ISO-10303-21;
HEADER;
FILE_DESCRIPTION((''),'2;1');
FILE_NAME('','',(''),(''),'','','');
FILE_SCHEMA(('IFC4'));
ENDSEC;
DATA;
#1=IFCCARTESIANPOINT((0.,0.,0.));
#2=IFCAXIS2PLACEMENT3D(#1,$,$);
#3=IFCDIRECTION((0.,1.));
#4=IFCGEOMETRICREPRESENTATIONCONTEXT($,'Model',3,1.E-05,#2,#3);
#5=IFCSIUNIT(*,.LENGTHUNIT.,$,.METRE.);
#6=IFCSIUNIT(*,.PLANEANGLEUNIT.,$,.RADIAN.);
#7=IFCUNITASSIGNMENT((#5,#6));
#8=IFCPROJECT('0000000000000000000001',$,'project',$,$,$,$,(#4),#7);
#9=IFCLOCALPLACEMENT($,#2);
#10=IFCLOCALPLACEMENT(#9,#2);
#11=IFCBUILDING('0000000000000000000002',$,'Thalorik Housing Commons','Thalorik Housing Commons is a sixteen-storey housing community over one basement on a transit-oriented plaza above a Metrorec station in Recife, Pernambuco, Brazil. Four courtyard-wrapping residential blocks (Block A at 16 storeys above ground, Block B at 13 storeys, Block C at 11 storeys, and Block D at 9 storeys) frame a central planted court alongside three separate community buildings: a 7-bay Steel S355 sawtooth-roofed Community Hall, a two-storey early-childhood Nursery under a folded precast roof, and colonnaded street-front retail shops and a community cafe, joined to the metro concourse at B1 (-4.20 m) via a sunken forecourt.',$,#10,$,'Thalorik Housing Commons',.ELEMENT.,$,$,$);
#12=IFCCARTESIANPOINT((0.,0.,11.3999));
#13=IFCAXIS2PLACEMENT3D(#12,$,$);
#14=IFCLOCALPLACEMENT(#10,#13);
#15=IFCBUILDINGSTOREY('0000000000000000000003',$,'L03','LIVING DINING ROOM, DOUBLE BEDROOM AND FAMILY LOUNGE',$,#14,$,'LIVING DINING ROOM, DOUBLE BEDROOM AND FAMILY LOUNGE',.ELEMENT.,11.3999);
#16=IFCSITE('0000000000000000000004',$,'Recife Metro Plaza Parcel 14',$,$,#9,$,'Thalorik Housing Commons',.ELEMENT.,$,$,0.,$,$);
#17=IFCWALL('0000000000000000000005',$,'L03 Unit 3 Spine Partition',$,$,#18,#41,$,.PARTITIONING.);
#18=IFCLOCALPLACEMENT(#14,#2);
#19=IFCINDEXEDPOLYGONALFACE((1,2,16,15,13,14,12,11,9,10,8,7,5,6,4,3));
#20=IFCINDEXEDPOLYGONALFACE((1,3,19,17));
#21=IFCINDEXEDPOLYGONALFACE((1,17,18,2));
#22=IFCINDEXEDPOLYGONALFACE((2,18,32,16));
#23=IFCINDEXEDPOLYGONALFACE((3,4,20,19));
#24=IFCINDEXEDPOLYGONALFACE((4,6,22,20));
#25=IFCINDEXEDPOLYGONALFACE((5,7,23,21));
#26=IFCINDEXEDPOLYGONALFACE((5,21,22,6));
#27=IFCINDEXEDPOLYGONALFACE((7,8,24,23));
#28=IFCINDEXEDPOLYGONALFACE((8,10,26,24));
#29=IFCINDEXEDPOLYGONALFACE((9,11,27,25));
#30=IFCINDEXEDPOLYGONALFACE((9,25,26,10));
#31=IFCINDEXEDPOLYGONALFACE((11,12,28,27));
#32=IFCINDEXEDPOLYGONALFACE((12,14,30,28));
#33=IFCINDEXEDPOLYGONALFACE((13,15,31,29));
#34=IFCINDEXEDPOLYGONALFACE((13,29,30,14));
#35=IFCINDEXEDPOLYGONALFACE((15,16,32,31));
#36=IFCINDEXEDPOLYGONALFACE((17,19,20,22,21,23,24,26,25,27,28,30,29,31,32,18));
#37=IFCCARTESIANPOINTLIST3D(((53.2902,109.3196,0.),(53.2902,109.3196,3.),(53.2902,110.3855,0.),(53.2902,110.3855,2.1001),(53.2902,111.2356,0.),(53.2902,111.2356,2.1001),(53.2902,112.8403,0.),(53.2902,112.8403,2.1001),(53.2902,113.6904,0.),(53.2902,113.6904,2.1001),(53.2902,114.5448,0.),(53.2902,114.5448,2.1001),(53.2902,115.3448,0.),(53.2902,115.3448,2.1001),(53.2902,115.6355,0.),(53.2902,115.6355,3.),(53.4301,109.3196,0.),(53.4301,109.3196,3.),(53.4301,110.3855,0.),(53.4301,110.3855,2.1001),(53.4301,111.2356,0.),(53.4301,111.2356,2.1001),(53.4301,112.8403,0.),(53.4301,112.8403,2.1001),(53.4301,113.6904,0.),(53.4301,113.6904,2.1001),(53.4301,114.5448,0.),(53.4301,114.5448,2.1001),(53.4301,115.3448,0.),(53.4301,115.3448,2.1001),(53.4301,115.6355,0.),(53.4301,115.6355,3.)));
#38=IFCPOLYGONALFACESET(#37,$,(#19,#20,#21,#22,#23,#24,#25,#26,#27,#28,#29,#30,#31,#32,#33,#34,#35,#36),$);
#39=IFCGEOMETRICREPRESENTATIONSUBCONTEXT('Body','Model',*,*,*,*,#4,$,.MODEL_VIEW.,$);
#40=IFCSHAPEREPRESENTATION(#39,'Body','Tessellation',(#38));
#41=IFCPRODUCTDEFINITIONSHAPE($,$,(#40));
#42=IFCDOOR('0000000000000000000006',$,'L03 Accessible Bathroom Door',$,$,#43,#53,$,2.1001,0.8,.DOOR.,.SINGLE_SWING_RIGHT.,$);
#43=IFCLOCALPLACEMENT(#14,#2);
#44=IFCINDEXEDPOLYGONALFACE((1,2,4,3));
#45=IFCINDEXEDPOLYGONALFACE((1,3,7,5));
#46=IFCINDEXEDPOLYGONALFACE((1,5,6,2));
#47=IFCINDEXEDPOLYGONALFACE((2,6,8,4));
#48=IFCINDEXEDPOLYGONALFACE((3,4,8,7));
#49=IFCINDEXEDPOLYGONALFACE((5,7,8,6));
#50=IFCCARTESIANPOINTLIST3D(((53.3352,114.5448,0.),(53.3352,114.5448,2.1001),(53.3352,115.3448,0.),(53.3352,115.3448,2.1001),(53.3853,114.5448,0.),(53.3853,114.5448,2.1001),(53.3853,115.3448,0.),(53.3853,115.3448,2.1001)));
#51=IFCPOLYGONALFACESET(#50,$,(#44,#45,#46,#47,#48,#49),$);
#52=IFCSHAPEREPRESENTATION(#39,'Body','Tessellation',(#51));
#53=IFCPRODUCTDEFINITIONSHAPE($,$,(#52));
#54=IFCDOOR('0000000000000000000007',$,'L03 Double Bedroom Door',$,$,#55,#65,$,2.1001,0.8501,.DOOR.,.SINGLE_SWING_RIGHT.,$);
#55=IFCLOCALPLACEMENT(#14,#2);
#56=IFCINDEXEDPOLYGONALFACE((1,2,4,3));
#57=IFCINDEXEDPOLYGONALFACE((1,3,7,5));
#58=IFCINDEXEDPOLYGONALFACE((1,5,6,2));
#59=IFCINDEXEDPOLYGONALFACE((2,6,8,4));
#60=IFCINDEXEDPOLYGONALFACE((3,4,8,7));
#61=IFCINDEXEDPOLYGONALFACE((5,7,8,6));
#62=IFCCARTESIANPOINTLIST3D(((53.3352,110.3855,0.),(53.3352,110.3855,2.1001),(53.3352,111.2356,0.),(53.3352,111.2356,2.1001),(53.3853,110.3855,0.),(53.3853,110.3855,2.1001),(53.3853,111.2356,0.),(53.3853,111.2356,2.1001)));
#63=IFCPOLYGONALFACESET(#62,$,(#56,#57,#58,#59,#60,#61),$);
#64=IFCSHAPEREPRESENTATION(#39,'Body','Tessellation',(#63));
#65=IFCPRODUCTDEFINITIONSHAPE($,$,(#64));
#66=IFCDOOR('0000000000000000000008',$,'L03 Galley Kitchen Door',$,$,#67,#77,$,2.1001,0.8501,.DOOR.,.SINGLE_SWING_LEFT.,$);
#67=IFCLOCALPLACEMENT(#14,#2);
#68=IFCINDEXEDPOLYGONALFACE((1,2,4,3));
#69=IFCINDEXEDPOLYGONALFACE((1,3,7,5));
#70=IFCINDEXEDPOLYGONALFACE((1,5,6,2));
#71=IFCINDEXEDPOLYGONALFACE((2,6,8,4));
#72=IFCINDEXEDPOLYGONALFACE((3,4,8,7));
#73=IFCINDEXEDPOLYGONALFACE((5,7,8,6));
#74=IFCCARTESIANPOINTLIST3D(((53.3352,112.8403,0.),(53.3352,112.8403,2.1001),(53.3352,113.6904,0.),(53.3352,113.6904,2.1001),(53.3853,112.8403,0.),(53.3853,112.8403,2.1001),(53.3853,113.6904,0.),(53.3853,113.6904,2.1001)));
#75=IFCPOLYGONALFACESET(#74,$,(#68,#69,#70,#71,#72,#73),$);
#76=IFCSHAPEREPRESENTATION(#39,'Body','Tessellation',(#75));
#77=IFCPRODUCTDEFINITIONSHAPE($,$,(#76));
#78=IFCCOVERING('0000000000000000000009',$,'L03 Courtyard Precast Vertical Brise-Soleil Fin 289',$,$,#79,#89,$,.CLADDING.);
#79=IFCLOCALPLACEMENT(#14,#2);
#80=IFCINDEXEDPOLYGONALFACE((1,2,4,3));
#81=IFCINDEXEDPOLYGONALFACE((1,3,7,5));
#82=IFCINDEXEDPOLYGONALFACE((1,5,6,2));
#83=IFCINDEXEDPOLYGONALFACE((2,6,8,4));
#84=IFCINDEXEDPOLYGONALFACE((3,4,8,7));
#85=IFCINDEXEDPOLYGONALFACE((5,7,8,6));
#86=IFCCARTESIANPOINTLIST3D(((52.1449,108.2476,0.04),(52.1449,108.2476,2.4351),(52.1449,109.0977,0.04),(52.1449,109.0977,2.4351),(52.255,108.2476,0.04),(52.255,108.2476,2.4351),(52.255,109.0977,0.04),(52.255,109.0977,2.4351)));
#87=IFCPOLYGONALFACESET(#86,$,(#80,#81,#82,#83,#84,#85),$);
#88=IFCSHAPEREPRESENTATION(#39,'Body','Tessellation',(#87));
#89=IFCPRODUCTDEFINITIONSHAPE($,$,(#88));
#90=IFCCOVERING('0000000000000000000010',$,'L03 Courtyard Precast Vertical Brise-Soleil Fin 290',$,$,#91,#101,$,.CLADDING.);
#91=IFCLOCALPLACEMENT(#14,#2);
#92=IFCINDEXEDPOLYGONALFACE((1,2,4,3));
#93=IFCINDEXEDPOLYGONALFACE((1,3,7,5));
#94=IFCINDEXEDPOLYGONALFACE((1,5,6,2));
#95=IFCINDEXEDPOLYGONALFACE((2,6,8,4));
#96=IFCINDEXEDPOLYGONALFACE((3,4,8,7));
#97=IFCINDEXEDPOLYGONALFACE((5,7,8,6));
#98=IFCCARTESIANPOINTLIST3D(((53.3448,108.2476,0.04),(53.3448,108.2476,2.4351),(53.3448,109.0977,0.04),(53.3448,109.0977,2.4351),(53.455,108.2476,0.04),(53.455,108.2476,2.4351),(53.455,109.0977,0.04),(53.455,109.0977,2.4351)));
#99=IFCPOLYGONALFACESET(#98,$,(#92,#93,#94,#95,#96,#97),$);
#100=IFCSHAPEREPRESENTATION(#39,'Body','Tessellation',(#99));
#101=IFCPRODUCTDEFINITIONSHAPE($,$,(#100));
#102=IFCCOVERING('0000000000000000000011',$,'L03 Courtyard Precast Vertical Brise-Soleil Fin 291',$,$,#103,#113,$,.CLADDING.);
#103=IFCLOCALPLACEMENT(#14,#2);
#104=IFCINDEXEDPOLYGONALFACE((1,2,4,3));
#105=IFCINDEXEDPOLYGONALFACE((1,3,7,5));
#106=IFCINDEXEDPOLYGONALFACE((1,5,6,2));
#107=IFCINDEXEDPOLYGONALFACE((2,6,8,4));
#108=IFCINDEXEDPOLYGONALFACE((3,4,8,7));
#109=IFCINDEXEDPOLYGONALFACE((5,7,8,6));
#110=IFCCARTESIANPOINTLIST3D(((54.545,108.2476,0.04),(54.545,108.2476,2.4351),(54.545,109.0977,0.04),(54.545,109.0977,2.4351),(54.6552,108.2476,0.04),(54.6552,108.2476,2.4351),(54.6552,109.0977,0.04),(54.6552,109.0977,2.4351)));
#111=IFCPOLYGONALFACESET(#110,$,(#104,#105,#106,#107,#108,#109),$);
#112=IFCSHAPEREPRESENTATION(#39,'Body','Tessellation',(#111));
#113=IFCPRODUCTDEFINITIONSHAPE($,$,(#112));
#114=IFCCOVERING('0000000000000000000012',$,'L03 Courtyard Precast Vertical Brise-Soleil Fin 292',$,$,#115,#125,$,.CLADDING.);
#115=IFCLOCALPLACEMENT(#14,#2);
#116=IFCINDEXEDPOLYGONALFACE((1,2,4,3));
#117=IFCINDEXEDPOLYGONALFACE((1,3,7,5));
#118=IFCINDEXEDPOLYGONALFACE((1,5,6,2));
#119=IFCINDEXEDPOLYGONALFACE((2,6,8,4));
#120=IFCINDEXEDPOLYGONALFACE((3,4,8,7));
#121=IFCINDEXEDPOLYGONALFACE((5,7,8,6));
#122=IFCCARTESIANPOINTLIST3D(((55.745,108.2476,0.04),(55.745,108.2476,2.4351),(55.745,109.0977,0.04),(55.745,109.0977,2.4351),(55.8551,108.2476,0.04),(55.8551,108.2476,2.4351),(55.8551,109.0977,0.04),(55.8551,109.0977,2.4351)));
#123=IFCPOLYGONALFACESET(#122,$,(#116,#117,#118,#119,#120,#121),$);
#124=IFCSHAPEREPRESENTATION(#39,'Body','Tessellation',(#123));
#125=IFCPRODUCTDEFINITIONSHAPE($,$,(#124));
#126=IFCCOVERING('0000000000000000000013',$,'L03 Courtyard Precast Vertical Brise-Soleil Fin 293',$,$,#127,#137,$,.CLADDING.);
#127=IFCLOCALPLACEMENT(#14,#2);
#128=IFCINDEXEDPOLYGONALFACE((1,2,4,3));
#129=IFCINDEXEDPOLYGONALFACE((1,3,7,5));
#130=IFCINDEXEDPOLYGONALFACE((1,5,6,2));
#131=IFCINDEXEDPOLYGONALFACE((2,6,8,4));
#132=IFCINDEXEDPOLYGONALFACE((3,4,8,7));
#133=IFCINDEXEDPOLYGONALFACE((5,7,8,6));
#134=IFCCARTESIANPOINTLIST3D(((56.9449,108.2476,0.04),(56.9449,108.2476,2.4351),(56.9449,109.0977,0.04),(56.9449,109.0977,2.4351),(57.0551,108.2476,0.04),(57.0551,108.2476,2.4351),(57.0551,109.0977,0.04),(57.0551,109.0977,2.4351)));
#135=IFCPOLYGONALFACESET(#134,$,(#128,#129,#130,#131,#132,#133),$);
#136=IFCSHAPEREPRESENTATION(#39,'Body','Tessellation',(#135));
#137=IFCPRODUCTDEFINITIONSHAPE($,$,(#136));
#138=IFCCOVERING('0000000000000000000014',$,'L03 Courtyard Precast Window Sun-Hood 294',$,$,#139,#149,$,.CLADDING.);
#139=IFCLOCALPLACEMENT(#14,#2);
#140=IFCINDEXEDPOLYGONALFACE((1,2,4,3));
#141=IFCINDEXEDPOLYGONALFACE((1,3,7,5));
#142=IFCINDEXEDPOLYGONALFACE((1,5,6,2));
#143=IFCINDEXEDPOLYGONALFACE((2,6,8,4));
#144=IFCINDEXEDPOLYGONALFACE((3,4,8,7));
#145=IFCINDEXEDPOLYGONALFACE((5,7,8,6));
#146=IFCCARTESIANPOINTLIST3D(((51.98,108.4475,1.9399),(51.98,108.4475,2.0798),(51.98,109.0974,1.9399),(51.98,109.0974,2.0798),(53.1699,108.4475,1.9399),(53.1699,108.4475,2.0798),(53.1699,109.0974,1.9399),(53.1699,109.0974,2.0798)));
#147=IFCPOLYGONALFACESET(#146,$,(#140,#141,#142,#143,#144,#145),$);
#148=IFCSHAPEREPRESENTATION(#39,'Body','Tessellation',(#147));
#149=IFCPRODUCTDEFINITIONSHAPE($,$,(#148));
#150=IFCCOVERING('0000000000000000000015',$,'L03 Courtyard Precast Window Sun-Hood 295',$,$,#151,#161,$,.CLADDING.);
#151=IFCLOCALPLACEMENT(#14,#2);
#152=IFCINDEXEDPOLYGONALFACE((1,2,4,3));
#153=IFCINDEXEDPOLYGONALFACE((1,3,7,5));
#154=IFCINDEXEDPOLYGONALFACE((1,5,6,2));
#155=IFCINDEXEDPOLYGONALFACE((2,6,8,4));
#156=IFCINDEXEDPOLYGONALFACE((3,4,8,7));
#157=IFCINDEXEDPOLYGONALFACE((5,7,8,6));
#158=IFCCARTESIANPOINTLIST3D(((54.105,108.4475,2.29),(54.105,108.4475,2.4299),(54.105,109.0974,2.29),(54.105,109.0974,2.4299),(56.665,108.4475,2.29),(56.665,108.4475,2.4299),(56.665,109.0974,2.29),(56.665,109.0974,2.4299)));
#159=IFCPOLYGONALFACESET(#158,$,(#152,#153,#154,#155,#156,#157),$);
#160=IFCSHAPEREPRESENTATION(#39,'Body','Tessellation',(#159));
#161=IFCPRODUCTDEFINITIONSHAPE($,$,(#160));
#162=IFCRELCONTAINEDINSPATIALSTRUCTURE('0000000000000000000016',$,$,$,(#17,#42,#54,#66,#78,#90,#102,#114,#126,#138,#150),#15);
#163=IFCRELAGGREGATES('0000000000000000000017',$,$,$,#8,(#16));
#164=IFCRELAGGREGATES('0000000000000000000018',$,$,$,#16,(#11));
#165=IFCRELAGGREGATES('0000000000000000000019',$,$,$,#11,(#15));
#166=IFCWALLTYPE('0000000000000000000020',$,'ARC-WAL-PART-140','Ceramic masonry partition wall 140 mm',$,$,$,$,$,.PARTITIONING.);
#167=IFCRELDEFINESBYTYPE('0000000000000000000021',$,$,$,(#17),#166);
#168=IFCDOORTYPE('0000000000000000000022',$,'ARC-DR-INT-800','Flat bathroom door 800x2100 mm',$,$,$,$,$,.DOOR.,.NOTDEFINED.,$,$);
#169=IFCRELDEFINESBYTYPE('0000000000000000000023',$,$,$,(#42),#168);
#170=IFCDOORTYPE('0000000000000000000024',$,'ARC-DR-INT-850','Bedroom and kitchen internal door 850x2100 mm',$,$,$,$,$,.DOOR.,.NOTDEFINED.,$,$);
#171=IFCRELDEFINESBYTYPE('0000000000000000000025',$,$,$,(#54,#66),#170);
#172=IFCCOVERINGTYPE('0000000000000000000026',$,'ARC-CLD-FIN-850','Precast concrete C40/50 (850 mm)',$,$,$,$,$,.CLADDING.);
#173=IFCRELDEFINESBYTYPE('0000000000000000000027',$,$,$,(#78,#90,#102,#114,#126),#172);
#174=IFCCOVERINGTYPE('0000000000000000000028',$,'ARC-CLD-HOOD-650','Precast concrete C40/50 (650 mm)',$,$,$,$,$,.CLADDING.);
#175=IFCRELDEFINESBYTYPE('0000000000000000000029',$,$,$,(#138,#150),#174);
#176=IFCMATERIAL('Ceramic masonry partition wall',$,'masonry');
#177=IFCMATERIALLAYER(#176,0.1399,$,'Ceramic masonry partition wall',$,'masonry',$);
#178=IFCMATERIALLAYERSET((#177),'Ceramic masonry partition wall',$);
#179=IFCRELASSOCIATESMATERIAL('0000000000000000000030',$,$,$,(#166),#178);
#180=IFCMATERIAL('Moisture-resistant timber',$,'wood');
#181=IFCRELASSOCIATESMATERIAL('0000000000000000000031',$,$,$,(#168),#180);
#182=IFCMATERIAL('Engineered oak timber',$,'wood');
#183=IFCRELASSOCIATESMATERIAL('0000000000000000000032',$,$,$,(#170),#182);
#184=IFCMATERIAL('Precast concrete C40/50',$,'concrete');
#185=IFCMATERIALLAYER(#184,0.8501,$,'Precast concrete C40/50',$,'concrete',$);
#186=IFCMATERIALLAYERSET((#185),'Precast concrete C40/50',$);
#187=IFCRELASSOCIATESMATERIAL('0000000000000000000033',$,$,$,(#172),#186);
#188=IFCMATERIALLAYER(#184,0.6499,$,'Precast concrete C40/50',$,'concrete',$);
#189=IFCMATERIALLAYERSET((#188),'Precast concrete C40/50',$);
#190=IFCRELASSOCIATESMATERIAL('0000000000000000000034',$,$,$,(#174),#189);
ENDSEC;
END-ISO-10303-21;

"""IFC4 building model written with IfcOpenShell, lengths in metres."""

from ifc_helpers import new_model, si_unit, direction, frame, frame_2d, origin, origin_2d, place, context, subcontext, project, spatial, rectangle, extrude, material, layer, layer_set, type_object, element, fill, save


model = new_model("IFC4")

# Units and contexts
model_context = context("Model", 3, precision=1e-05, world=origin(), true_north=direction((0.0, 1.0)))
body_context = subcontext(model_context, "Body", "Model", "MODEL_VIEW")
ifc_project = project(units=[si_unit("LENGTHUNIT", "METRE"), si_unit("PLANEANGLEUNIT", "RADIAN")], contexts=[model_context])

# Site, building, storey
site_placement = place(None, origin())
site = spatial("IfcSite", under=ifc_project, at=site_placement, Name="Recife Metro Plaza Parcel 14", LongName="Thalorik Housing Commons", CompositionType="ELEMENT", RefElevation=0.0)
building_placement = place(site_placement, origin())
building = spatial("IfcBuilding", under=site, at=building_placement, Name="Thalorik Housing Commons", Description="Thalorik Housing Commons is a sixteen-storey housing community over one basement on a transit-oriented plaza above a Metrorec station in Recife, Pernambuco, Brazil. Four courtyard-wrapping residential blocks (Block A at 16 storeys above ground, Block B at 13 storeys, Block C at 11 storeys, and Block D at 9 storeys) frame a central planted court alongside three separate community buildings: a 7-bay Steel S355 sawtooth-roofed Community Hall, a two-storey early-childhood Nursery under a folded precast roof, and colonnaded street-front retail shops and a community cafe, joined to the metro concourse at B1 (-4.20 m) via a sunken forecourt.", LongName="Thalorik Housing Commons", CompositionType="ELEMENT")
storey_placement = place(building_placement, frame((0.0, 0.0, 11.3999)))
storey = spatial("IfcBuildingStorey", under=building, at=storey_placement, Name="L03", Description="LIVING DINING ROOM, DOUBLE BEDROOM AND FAMILY LOUNGE", LongName="LIVING DINING ROOM, DOUBLE BEDROOM AND FAMILY LOUNGE", CompositionType="ELEMENT", Elevation=11.3999)

# Shared definitions
ifc_material_1 = material(Name="Precast concrete C40/50", Category="concrete")

# Wall, openings, doors
ifc_material_2 = material(Name="Ceramic masonry partition wall", Category="masonry")
ifc_layer_1 = layer(ifc_material_2, 0.1399, Name="Ceramic masonry partition wall", Category="masonry")
ifc_layer_set_1 = layer_set([ifc_layer_1], Name="Ceramic masonry partition wall")
wall_type_1 = type_object("IfcWallType", Name="ARC-WAL-PART-140", Description="Ceramic masonry partition wall 140 mm", PredefinedType="PARTITIONING", material=ifc_layer_set_1)
wall_1_placement = place(storey_placement, frame((53.3601, 109.3196, 0.0), z_axis=(0.0, 0.0, 1.0), x_axis=(0.0, 1.0, 0.0)))
wall_1 = element("IfcWall", 1, at=wall_1_placement, inside=storey, type_object=wall_type_1, Name="L03 Unit 3 Spine Partition", PredefinedType="PARTITIONING", context=body_context, shape_type="SweptSolid", body=[
    extrude(rectangle(XDim=6.3159, YDim=0.1399, at=frame_2d((3.158, 0.0))), origin(), (0.0, 0.0, 1.0), 3.0),
])
opening_1_placement = place(wall_1_placement, frame((1.0659, 0.0, 0.0)))
opening_1 = element("IfcOpeningElement", 2, at=opening_1_placement, cuts=wall_1, PredefinedType="OPENING", context=body_context, shape_type="SweptSolid", body=[
    extrude(rectangle(XDim=0.8501, YDim=2.1001, at=frame_2d((0.425, 1.05))), frame((0.0, 0.0801, 0.0), z_axis=(0.0, -1.0, 0.0), x_axis=(1.0, 0.0, 0.0)), (0.0, 0.0, 1.0), 0.1599),
])
opening_2_placement = place(wall_1_placement, frame((3.5208, 0.0, 0.0)))
opening_2 = element("IfcOpeningElement", 3, at=opening_2_placement, cuts=wall_1, PredefinedType="OPENING", context=body_context, shape_type="SweptSolid", body=[
    extrude(rectangle(XDim=0.8501, YDim=2.1001, at=frame_2d((0.425, 1.05))), frame((0.0, 0.0801, 0.0), z_axis=(0.0, -1.0, 0.0), x_axis=(1.0, 0.0, 0.0)), (0.0, 0.0, 1.0), 0.1599),
])
opening_3_placement = place(wall_1_placement, frame((5.2253, 0.0, 0.0)))
opening_3 = element("IfcOpeningElement", 4, at=opening_3_placement, cuts=wall_1, PredefinedType="OPENING", context=body_context, shape_type="SweptSolid", body=[
    extrude(rectangle(XDim=0.8, YDim=2.1001, at=frame_2d((0.3999, 1.05))), frame((0.0, 0.0801, 0.0), z_axis=(0.0, -1.0, 0.0), x_axis=(1.0, 0.0, 0.0)), (0.0, 0.0, 1.0), 0.1599),
])
ifc_material_3 = material(Name="Moisture-resistant timber", Category="wood")
door_type_1 = type_object("IfcDoorType", Name="ARC-DR-INT-800", Description="Flat bathroom door 800x2100 mm", OperationType="NOTDEFINED", PredefinedType="DOOR", material=ifc_material_3)
door_1_placement = place(opening_3_placement, origin())
door_1 = element("IfcDoor", 5, at=door_1_placement, inside=storey, type_object=door_type_1, Name="L03 Accessible Bathroom Door", OperationType="SINGLE_SWING_RIGHT", OverallHeight=2.1001, OverallWidth=0.8, PredefinedType="DOOR", context=body_context, shape_type="SweptSolid", body=[
    extrude(rectangle(XDim=0.8, YDim=2.1001, at=frame_2d((0.3999, 1.05))), frame((0.0, 0.0249, 0.0), z_axis=(0.0, -1.0, 0.0), x_axis=(1.0, 0.0, 0.0)), (0.0, 0.0, 1.0), 0.05),
])
fill(opening_3, door_1)
ifc_material_4 = material(Name="Engineered oak timber", Category="wood")
door_type_2 = type_object("IfcDoorType", Name="ARC-DR-INT-850", Description="Bedroom and kitchen internal door 850x2100 mm", OperationType="NOTDEFINED", PredefinedType="DOOR", material=ifc_material_4)
door_2_placement = place(opening_1_placement, origin())
door_2 = element("IfcDoor", 6, at=door_2_placement, inside=storey, type_object=door_type_2, Name="L03 Double Bedroom Door", OperationType="SINGLE_SWING_RIGHT", OverallHeight=2.1001, OverallWidth=0.8501, PredefinedType="DOOR", context=body_context, shape_type="SweptSolid", body=[
    extrude(rectangle(XDim=0.8501, YDim=2.1001, at=frame_2d((0.425, 1.05))), frame((0.0, 0.0249, 0.0), z_axis=(0.0, -1.0, 0.0), x_axis=(1.0, 0.0, 0.0)), (0.0, 0.0, 1.0), 0.05),
])
fill(opening_1, door_2)
door_3_placement = place(opening_2_placement, origin())
door_3 = element("IfcDoor", 7, at=door_3_placement, inside=storey, type_object=door_type_2, Name="L03 Galley Kitchen Door", OperationType="SINGLE_SWING_LEFT", OverallHeight=2.1001, OverallWidth=0.8501, PredefinedType="DOOR", context=body_context, shape_type="SweptSolid", body=[
    extrude(rectangle(XDim=0.8501, YDim=2.1001, at=frame_2d((0.425, 1.05))), frame((0.0, 0.0249, 0.0), z_axis=(0.0, -1.0, 0.0), x_axis=(1.0, 0.0, 0.0)), (0.0, 0.0, 1.0), 0.05),
])
fill(opening_2, door_3)

# Coverings
ifc_layer_2 = layer(ifc_material_1, 0.8501, Name="Precast concrete C40/50", Category="concrete")
ifc_layer_set_2 = layer_set([ifc_layer_2], Name="Precast concrete C40/50")
covering_type_1 = type_object("IfcCoveringType", Name="ARC-CLD-FIN-850", Description="Precast concrete C40/50 (850 mm)", PredefinedType="CLADDING", material=ifc_layer_set_2)
for number, where, z_axis, x_axis, name in (
    (8, (52.2, 108.6726, 0.04), (0.0, 0.0, 1.0), (1.0, 0.0, 0.0), "L03 Courtyard Precast Vertical Brise-Soleil Fin 289"),
    (9, (53.3999, 108.6726, 0.04), (0.0, 0.0, 1.0), (1.0, 0.0, 0.0), "L03 Courtyard Precast Vertical Brise-Soleil Fin 290"),
    (10, (54.6001, 108.6726, 0.04), (0.0, 0.0, 1.0), (1.0, 0.0, 0.0), "L03 Courtyard Precast Vertical Brise-Soleil Fin 291"),
    (11, (55.8, 108.6726, 0.04), (0.0, 0.0, 1.0), (1.0, 0.0, 0.0), "L03 Courtyard Precast Vertical Brise-Soleil Fin 292"),
    (12, (57.0, 108.6726, 0.04), (0.0, 0.0, 1.0), (1.0, 0.0, 0.0), "L03 Courtyard Precast Vertical Brise-Soleil Fin 293"),
):
    element("IfcCovering", number, at=place(storey_placement, frame(where, z_axis=z_axis, x_axis=x_axis)), inside=storey, type_object=covering_type_1, Name=name, PredefinedType="CLADDING", context=body_context, shape_type="SweptSolid", body=[
        extrude(rectangle(XDim=0.1101, YDim=0.8501, at=origin_2d()), origin(), (0.0, 0.0, 1.0), 2.395),
    ])
ifc_layer_3 = layer(ifc_material_1, 0.6499, Name="Precast concrete C40/50", Category="concrete")
ifc_layer_set_3 = layer_set([ifc_layer_3], Name="Precast concrete C40/50")
covering_type_2 = type_object("IfcCoveringType", Name="ARC-CLD-HOOD-650", Description="Precast concrete C40/50 (650 mm)", PredefinedType="CLADDING", material=ifc_layer_set_3)
covering_1_placement = place(storey_placement, frame((52.575, 108.7725, 1.9399), z_axis=(0.0, 0.0, 1.0), x_axis=(1.0, 0.0, 0.0)))
element("IfcCovering", 13, at=covering_1_placement, inside=storey, type_object=covering_type_2, Name="L03 Courtyard Precast Window Sun-Hood 294", PredefinedType="CLADDING", context=body_context, shape_type="SweptSolid", body=[
    extrude(rectangle(XDim=1.1899, YDim=0.6499, at=origin_2d()), origin(), (0.0, 0.0, 1.0), 0.1399),
])
covering_2_placement = place(storey_placement, frame((55.385, 108.7725, 2.29), z_axis=(0.0, 0.0, 1.0), x_axis=(1.0, 0.0, 0.0)))
element("IfcCovering", 14, at=covering_2_placement, inside=storey, type_object=covering_type_2, Name="L03 Courtyard Precast Window Sun-Hood 295", PredefinedType="CLADDING", context=body_context, shape_type="SweptSolid", body=[
    extrude(rectangle(XDim=2.5601, YDim=0.6499, at=origin_2d()), origin(), (0.0, 0.0, 1.0), 0.1399),
])

save(model, "model.ifc")
